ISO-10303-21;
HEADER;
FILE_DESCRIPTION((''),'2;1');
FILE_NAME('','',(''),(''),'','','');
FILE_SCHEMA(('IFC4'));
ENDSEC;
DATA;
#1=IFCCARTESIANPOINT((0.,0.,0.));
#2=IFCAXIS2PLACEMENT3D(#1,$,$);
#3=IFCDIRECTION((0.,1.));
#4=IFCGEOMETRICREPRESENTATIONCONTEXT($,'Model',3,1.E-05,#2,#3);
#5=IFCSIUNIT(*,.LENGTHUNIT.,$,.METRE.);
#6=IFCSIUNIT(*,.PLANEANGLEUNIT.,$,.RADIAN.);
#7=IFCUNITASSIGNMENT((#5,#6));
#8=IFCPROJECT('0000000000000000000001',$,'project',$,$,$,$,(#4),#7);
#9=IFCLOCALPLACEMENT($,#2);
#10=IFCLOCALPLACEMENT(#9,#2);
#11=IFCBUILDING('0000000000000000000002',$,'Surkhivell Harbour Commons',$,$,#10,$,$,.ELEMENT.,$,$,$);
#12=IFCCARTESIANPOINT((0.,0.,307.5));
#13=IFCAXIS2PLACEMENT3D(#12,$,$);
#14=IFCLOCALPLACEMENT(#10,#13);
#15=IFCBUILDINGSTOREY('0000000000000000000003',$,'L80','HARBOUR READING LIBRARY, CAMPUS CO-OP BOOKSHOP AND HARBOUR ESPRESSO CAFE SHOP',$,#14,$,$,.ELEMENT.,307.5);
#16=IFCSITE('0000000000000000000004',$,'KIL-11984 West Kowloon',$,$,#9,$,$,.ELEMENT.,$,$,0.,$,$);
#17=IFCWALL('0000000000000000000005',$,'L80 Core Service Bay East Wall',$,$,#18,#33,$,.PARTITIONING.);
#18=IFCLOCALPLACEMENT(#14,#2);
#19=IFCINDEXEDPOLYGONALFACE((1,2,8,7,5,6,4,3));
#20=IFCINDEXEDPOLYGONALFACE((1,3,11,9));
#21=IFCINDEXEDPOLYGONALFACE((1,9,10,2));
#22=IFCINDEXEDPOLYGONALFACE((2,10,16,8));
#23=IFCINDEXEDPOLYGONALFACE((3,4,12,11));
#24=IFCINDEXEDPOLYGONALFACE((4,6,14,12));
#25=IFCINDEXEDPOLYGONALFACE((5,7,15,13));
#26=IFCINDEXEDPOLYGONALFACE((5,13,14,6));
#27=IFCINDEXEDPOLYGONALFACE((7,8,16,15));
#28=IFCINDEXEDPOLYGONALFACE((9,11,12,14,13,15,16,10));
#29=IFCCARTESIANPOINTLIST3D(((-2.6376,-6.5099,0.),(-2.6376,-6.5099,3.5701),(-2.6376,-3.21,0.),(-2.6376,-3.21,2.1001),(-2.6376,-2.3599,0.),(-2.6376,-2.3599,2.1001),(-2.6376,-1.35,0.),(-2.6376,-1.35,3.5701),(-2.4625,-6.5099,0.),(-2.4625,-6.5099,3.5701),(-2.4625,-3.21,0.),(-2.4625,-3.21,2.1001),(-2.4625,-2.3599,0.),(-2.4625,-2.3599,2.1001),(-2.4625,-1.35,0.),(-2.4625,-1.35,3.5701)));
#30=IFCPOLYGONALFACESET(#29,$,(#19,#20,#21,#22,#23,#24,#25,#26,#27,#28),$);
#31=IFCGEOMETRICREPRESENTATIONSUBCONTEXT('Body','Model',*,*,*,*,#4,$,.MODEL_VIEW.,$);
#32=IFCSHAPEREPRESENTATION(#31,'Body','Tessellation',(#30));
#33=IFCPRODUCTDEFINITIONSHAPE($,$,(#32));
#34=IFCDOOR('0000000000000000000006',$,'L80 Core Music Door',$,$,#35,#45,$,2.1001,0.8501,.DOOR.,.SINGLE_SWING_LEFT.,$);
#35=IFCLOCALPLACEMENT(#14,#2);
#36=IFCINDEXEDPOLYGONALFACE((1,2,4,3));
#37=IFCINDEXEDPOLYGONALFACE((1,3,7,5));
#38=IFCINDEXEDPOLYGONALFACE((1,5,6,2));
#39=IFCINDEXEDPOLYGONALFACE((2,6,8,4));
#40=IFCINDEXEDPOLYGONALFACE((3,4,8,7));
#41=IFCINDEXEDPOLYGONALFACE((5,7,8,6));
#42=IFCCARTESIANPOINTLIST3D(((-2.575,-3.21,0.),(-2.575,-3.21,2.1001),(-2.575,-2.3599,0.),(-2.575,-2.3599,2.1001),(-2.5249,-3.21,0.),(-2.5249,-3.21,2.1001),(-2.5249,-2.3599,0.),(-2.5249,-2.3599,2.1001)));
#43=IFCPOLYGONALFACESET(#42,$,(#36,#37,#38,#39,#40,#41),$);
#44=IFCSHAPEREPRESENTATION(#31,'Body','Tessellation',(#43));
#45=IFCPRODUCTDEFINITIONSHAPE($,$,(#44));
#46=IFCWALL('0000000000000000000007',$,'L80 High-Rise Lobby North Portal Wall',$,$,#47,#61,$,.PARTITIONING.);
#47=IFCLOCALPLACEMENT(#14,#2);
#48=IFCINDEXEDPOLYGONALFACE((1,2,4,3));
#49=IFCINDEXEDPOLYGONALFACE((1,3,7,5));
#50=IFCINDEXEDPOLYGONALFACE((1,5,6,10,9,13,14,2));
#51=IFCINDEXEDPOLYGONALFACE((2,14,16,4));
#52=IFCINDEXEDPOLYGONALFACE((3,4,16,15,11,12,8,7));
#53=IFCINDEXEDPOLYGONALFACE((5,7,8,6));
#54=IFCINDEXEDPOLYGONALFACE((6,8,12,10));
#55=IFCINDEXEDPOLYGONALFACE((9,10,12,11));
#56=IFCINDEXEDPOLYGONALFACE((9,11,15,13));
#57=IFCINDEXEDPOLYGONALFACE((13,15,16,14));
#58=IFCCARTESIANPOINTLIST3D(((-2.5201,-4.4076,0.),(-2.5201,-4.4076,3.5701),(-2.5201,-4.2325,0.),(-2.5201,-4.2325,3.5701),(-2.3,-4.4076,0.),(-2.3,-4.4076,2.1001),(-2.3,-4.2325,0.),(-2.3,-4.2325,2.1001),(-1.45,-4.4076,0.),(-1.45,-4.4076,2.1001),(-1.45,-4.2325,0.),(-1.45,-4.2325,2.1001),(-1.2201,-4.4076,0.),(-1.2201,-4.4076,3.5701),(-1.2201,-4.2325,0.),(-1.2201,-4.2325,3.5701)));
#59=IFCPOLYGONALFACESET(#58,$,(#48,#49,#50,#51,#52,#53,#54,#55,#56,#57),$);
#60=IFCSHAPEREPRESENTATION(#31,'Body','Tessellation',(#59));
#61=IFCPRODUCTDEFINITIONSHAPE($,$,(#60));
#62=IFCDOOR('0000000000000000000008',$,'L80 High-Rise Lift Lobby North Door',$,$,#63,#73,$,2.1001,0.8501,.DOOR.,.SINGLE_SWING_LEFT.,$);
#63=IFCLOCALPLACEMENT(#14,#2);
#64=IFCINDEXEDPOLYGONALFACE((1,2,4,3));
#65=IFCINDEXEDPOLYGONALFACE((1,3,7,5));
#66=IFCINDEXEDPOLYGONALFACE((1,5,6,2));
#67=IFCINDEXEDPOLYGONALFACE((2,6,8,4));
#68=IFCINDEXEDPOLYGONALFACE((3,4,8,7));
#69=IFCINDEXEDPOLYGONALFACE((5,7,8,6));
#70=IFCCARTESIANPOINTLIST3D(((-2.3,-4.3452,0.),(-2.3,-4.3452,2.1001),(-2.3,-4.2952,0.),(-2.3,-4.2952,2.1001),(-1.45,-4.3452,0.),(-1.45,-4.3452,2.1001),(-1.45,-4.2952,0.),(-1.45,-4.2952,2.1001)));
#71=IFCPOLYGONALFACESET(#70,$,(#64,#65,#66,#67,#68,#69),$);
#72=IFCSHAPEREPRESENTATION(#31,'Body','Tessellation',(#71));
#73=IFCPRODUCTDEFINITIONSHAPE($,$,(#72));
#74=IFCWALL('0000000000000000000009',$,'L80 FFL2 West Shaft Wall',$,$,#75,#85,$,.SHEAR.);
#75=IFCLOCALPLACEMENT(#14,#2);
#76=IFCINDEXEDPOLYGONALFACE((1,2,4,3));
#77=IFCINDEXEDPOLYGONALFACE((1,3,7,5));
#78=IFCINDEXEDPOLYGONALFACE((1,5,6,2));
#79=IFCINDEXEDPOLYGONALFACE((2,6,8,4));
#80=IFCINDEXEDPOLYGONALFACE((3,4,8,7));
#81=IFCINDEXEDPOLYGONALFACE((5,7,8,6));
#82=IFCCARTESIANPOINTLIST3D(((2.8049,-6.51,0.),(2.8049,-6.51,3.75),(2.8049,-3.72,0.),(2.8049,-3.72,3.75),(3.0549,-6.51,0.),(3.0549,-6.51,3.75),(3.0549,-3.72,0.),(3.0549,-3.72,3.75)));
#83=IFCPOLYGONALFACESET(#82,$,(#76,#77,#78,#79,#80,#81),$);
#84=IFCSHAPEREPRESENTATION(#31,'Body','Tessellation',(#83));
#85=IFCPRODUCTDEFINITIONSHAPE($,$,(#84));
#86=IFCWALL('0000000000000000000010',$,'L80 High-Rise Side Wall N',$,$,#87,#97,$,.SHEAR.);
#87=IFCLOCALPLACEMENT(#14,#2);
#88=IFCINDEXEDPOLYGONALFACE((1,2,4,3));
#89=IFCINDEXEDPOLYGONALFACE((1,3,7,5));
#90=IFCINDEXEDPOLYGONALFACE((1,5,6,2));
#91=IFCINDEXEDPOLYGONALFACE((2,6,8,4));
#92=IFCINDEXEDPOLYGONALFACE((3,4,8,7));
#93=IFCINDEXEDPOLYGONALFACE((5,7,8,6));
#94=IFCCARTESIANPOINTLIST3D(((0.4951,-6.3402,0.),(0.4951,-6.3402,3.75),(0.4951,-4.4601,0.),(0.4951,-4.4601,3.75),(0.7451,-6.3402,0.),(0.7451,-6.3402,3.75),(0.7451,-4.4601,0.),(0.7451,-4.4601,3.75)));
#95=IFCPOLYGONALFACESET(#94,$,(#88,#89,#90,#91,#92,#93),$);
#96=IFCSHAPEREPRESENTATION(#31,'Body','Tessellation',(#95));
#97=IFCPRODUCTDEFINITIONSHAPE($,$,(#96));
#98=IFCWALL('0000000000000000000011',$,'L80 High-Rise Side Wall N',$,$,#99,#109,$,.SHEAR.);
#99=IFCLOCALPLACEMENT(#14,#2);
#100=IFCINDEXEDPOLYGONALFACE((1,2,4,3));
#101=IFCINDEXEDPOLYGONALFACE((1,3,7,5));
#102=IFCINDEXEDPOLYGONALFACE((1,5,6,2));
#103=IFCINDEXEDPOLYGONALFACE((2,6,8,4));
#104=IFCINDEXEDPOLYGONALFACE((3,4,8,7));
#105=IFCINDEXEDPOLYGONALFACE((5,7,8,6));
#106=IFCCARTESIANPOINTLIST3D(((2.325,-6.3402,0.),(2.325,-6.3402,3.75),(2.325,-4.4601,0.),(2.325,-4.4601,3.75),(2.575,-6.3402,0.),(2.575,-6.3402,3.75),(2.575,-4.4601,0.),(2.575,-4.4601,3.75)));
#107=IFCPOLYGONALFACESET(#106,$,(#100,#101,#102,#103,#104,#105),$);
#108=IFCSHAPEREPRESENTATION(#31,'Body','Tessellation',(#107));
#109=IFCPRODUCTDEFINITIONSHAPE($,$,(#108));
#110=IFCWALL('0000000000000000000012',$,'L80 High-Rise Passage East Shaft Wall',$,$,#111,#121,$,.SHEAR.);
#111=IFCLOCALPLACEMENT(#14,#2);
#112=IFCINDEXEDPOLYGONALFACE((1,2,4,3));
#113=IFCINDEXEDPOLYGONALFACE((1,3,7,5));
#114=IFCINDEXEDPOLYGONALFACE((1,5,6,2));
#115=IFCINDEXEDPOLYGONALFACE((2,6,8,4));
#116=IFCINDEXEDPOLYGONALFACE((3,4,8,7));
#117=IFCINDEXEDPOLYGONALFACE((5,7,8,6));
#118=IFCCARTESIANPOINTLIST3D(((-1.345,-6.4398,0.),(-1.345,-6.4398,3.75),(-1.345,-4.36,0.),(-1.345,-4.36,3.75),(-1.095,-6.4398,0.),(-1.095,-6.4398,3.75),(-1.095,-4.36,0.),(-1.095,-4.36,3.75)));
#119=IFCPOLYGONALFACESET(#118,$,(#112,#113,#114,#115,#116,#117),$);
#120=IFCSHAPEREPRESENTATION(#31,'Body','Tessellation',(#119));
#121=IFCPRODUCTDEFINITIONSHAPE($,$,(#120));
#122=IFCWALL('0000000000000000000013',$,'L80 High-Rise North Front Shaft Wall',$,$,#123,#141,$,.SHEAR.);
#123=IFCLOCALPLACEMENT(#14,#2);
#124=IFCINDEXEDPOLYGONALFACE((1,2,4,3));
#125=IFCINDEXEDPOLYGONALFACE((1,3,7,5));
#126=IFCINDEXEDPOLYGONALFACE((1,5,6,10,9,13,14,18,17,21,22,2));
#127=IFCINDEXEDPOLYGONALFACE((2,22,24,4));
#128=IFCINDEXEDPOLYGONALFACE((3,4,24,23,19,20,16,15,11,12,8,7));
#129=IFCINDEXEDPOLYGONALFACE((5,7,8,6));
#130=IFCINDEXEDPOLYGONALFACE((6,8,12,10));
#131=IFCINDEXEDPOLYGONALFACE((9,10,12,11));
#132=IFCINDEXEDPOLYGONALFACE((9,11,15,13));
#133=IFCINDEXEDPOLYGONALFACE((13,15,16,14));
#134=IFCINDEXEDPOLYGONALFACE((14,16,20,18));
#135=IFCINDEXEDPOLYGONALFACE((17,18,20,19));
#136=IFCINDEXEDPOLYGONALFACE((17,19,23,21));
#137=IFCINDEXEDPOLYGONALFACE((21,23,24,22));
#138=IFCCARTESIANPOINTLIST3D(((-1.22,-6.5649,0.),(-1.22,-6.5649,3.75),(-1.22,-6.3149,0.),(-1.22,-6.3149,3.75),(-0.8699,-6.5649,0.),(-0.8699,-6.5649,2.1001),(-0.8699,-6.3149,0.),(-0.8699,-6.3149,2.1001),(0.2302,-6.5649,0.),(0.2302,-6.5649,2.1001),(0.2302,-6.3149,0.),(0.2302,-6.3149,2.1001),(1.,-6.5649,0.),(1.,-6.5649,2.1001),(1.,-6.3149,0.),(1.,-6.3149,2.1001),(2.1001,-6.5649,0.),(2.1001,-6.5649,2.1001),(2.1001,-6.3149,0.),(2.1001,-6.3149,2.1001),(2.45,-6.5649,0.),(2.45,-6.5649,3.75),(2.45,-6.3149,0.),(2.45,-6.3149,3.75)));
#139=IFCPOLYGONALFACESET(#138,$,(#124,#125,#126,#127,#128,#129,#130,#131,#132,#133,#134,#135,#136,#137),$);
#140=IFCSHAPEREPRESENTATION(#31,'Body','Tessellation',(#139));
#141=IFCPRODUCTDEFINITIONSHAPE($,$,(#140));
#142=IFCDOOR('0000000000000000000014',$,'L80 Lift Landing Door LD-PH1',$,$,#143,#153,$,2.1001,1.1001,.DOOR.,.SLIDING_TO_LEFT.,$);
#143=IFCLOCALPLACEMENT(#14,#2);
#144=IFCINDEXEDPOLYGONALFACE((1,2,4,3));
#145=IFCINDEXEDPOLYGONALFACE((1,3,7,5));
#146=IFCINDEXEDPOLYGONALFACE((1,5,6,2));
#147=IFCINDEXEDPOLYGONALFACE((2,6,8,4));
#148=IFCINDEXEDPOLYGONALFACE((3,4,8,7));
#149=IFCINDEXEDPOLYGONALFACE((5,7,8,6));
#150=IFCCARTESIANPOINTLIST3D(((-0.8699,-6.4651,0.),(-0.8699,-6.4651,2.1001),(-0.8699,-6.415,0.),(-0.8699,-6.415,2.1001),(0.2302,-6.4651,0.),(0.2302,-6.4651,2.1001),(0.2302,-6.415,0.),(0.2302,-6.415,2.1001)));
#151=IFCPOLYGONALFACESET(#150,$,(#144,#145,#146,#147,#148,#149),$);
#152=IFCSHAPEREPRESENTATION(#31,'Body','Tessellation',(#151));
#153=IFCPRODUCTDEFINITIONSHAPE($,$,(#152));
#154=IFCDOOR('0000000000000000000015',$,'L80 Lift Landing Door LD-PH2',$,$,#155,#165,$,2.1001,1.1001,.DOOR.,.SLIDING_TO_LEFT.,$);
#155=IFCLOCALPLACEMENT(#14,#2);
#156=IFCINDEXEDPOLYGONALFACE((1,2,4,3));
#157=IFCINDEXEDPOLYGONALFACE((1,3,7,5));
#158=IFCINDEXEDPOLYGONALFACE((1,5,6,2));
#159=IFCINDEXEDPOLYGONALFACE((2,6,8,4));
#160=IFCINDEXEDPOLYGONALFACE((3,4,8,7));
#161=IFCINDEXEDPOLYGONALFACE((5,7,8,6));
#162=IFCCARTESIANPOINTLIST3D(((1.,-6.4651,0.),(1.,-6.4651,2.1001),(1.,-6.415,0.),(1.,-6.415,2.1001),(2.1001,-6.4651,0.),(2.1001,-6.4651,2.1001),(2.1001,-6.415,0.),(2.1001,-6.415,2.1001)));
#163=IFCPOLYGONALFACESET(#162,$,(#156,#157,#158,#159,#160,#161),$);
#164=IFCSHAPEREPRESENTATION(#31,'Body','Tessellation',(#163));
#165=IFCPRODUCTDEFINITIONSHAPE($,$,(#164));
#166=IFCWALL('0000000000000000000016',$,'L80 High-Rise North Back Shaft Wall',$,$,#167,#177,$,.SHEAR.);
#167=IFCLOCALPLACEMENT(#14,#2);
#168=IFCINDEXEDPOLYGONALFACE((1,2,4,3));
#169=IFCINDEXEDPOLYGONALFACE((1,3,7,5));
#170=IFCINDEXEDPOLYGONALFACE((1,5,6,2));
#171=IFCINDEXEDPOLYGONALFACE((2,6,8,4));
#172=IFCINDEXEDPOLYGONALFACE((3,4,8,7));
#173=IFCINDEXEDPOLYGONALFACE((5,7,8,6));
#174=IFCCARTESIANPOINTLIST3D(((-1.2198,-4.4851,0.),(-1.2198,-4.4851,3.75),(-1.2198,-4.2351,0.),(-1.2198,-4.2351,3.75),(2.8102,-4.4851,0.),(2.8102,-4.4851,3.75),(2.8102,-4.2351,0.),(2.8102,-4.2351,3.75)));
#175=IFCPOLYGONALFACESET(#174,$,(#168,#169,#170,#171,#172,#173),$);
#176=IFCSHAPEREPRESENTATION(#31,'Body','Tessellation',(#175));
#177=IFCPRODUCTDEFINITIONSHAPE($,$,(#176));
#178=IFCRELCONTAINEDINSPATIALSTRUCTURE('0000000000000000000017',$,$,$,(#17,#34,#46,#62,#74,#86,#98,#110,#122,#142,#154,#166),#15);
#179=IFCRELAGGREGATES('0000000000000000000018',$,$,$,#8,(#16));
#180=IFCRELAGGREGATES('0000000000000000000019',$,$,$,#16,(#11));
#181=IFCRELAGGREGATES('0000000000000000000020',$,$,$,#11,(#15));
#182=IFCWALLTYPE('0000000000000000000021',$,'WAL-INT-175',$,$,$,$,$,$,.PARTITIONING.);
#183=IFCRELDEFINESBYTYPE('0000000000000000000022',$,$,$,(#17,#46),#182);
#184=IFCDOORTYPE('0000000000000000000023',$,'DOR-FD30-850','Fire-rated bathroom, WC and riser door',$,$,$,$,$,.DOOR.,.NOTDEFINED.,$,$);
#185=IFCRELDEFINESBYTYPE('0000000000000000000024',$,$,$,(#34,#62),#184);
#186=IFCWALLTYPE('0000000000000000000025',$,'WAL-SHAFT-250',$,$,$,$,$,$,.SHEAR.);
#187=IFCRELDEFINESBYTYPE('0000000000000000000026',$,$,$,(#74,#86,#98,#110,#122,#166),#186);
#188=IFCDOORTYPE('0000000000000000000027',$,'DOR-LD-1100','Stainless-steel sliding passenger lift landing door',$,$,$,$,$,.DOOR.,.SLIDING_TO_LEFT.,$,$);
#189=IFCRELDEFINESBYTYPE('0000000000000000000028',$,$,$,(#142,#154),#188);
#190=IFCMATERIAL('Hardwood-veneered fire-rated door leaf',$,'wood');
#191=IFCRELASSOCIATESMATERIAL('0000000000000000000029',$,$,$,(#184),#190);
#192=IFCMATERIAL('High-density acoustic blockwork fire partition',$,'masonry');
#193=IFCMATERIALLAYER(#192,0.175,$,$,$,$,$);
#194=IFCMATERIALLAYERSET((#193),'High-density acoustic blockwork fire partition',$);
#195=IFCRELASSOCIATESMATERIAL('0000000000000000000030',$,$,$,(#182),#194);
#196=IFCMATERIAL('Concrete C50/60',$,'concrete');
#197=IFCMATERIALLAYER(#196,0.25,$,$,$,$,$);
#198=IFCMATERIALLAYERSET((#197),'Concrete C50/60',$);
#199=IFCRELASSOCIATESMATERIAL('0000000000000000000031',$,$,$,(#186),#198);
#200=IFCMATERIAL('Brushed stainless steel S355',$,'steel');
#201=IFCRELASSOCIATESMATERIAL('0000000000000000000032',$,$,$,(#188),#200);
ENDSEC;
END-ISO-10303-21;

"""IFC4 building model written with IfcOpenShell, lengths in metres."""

from ifc_helpers import new_model, si_unit, direction, frame, frame_2d, origin, place, context, subcontext, project, spatial, rectangle, extrude, material, layer, layer_set, type_object, element, fill, save


model = new_model("IFC4")

# Units and contexts
model_context = context("Model", 3, precision=1e-05, world=origin(), true_north=direction((0.0, 1.0)))
body_context = subcontext(model_context, "Body", "Model", "MODEL_VIEW")
ifc_project = project(units=[si_unit("LENGTHUNIT", "METRE"), si_unit("PLANEANGLEUNIT", "RADIAN")], contexts=[model_context])

# Site, building, storey
site_placement = place(None, origin())
site = spatial("IfcSite", under=ifc_project, at=site_placement, Name="KIL-11984 West Kowloon", CompositionType="ELEMENT", RefElevation=0.0)
building_placement = place(site_placement, origin())
building = spatial("IfcBuilding", under=site, at=building_placement, Name="Surkhivell Harbour Commons", CompositionType="ELEMENT")
storey_placement = place(building_placement, frame((0.0, 0.0, 307.5)))
storey = spatial("IfcBuildingStorey", under=building, at=storey_placement, Name="L80", Description="HARBOUR READING LIBRARY, CAMPUS CO-OP BOOKSHOP AND HARBOUR ESPRESSO CAFE SHOP", CompositionType="ELEMENT", Elevation=307.5)

# Walls, openings, doors
ifc_material_1 = material(Name="Hardwood-veneered fire-rated door leaf", Category="wood")
door_type_1 = type_object("IfcDoorType", Name="DOR-FD30-850", Description="Fire-rated bathroom, WC and riser door", OperationType="NOTDEFINED", PredefinedType="DOOR", material=ifc_material_1)
ifc_material_2 = material(Name="High-density acoustic blockwork fire partition", Category="masonry")
ifc_layer_1 = layer(ifc_material_2, 0.175)
ifc_layer_set_1 = layer_set([ifc_layer_1], Name="High-density acoustic blockwork fire partition")
wall_type_1 = type_object("IfcWallType", Name="WAL-INT-175", PredefinedType="PARTITIONING", material=ifc_layer_set_1)
wall_1_placement = place(storey_placement, frame((-2.55, -6.51, 0.0), z_axis=(0.0, 0.0, 1.0), x_axis=(0.0, 1.0, 0.0)))
wall_1 = element("IfcWall", 1, at=wall_1_placement, inside=storey, type_object=wall_type_1, Name="L80 Core Service Bay East Wall", PredefinedType="PARTITIONING", context=body_context, shape_type="SweptSolid", body=[
    extrude(rectangle(XDim=5.1599, YDim=0.175, at=frame_2d((2.5801, 0.0))), origin(), (0.0, 0.0, 1.0), 3.5701),
])
opening_1_placement = place(wall_1_placement, frame((3.3, 0.0, 0.0)))
opening_1 = element("IfcOpeningElement", 2, at=opening_1_placement, cuts=wall_1, PredefinedType="OPENING", context=body_context, shape_type="SweptSolid", body=[
    extrude(rectangle(XDim=0.8501, YDim=2.1001, at=frame_2d((0.425, 1.05))), frame((0.0, 0.0974, 0.0), z_axis=(0.0, -1.0, 0.0), x_axis=(1.0, 0.0, 0.0)), (0.0, 0.0, 1.0), 0.1951),
])
door_1_placement = place(opening_1_placement, origin())
door_1 = element("IfcDoor", 3, at=door_1_placement, inside=storey, type_object=door_type_1, Name="L80 Core Music Door", OperationType="SINGLE_SWING_LEFT", OverallHeight=2.1001, OverallWidth=0.8501, PredefinedType="DOOR", context=body_context, shape_type="SweptSolid", body=[
    extrude(rectangle(XDim=0.8501, YDim=2.1001, at=frame_2d((0.425, 1.05))), frame((0.0, 0.0249, 0.0), z_axis=(0.0, -1.0, 0.0), x_axis=(1.0, 0.0, 0.0)), (0.0, 0.0, 1.0), 0.05),
])
fill(opening_1, door_1)
wall_2_placement = place(storey_placement, frame((-2.52, -4.3201, 0.0), z_axis=(0.0, 0.0, 1.0), x_axis=(1.0, 0.0, 0.0)))
wall_2 = element("IfcWall", 4, at=wall_2_placement, inside=storey, type_object=wall_type_1, Name="L80 High-Rise Lobby North Portal Wall", PredefinedType="PARTITIONING", context=body_context, shape_type="SweptSolid", body=[
    extrude(rectangle(XDim=1.3, YDim=0.175, at=frame_2d((0.6499, 0.0))), origin(), (0.0, 0.0, 1.0), 3.5701),
])
opening_2_placement = place(wall_2_placement, frame((0.22, 0.0, 0.0)))
opening_2 = element("IfcOpeningElement", 5, at=opening_2_placement, cuts=wall_2, PredefinedType="OPENING", context=body_context, shape_type="SweptSolid", body=[
    extrude(rectangle(XDim=0.8501, YDim=2.1001, at=frame_2d((0.425, 1.05))), frame((0.0, 0.0974, 0.0), z_axis=(0.0, -1.0, 0.0), x_axis=(1.0, 0.0, 0.0)), (0.0, 0.0, 1.0), 0.1951),
])
door_2_placement = place(opening_2_placement, origin())
door_2 = element("IfcDoor", 6, at=door_2_placement, inside=storey, type_object=door_type_1, Name="L80 High-Rise Lift Lobby North Door", OperationType="SINGLE_SWING_LEFT", OverallHeight=2.1001, OverallWidth=0.8501, PredefinedType="DOOR", context=body_context, shape_type="SweptSolid", body=[
    extrude(rectangle(XDim=0.8501, YDim=2.1001, at=frame_2d((0.425, 1.05))), frame((0.0, 0.0249, 0.0), z_axis=(0.0, -1.0, 0.0), x_axis=(1.0, 0.0, 0.0)), (0.0, 0.0, 1.0), 0.05),
])
fill(opening_2, door_2)

# Walls
ifc_material_3 = material(Name="Concrete C50/60", Category="concrete")
ifc_layer_2 = layer(ifc_material_3, 0.25)
ifc_layer_set_2 = layer_set([ifc_layer_2], Name="Concrete C50/60")
wall_type_2 = type_object("IfcWallType", Name="WAL-SHAFT-250", PredefinedType="SHEAR", material=ifc_layer_set_2)
wall_3_placement = place(storey_placement, frame((2.9299, -6.51, 0.0), z_axis=(0.0, 0.0, 1.0), x_axis=(0.0, 1.0, 0.0)))
element("IfcWall", 7, at=wall_3_placement, inside=storey, type_object=wall_type_2, Name="L80 FFL2 West Shaft Wall", PredefinedType="SHEAR", context=body_context, shape_type="SweptSolid", body=[
    extrude(rectangle(XDim=2.79, YDim=0.25, at=frame_2d((1.395, 0.0))), origin(), (0.0, 0.0, 1.0), 3.75),
])
for number, where, z_axis, x_axis, name in (
    (8, (0.6201, -6.3401, 0.0), (0.0, 0.0, 1.0), (0.0, 1.0, 0.0), "L80 High-Rise Side Wall N"),
    (9, (2.45, -6.3401, 0.0), (0.0, 0.0, 1.0), (0.0, 1.0, 0.0), "L80 High-Rise Side Wall N"),
):
    element("IfcWall", number, at=place(storey_placement, frame(where, z_axis=z_axis, x_axis=x_axis)), inside=storey, type_object=wall_type_2, Name=name, PredefinedType="SHEAR", context=body_context, shape_type="SweptSolid", body=[
        extrude(rectangle(XDim=1.8801, YDim=0.25, at=frame_2d((0.9399, 0.0))), origin(), (0.0, 0.0, 1.0), 3.75),
    ])
wall_4_placement = place(storey_placement, frame((-1.22, -6.4399, 0.0), z_axis=(0.0, 0.0, 1.0), x_axis=(0.0, 1.0, 0.0)))
element("IfcWall", 10, at=wall_4_placement, inside=storey, type_object=wall_type_2, Name="L80 High-Rise Passage East Shaft Wall", PredefinedType="SHEAR", context=body_context, shape_type="SweptSolid", body=[
    extrude(rectangle(XDim=2.0798, YDim=0.25, at=frame_2d((1.04, 0.0))), origin(), (0.0, 0.0, 1.0), 3.75),
])

# Wall, openings, doors
wall_5_placement = place(storey_placement, frame((-1.22, -6.4399, 0.0), z_axis=(0.0, 0.0, 1.0), x_axis=(1.0, 0.0, 0.0)))
wall_5 = element("IfcWall", 11, at=wall_5_placement, inside=storey, type_object=wall_type_2, Name="L80 High-Rise North Front Shaft Wall", PredefinedType="SHEAR", context=body_context, shape_type="SweptSolid", body=[
    extrude(rectangle(XDim=3.6699, YDim=0.25, at=frame_2d((1.835, 0.0))), origin(), (0.0, 0.0, 1.0), 3.75),
])
opening_3_placement = place(wall_5_placement, frame((0.3501, 0.0, 0.0)))
opening_3 = element("IfcOpeningElement", 12, at=opening_3_placement, cuts=wall_5, PredefinedType="OPENING", context=body_context, shape_type="SweptSolid", body=[
    extrude(rectangle(XDim=1.1001, YDim=2.1001, at=frame_2d((0.55, 1.05))), frame((0.0, 0.135, 0.0), z_axis=(0.0, -1.0, 0.0), x_axis=(1.0, 0.0, 0.0)), (0.0, 0.0, 1.0), 0.27),
])
opening_4_placement = place(wall_5_placement, frame((2.22, 0.0, 0.0)))
opening_4 = element("IfcOpeningElement", 13, at=opening_4_placement, cuts=wall_5, PredefinedType="OPENING", context=body_context, shape_type="SweptSolid", body=[
    extrude(rectangle(XDim=1.1001, YDim=2.1001, at=frame_2d((0.55, 1.05))), frame((0.0, 0.135, 0.0), z_axis=(0.0, -1.0, 0.0), x_axis=(1.0, 0.0, 0.0)), (0.0, 0.0, 1.0), 0.27),
])
ifc_material_4 = material(Name="Brushed stainless steel S355", Category="steel")
door_type_2 = type_object("IfcDoorType", Name="DOR-LD-1100", Description="Stainless-steel sliding passenger lift landing door", OperationType="SLIDING_TO_LEFT", PredefinedType="DOOR", material=ifc_material_4)
door_3_placement = place(opening_3_placement, origin())
door_3 = element("IfcDoor", 14, at=door_3_placement, inside=storey, type_object=door_type_2, Name="L80 Lift Landing Door LD-PH1", OperationType="SLIDING_TO_LEFT", OverallHeight=2.1001, OverallWidth=1.1001, PredefinedType="DOOR", context=body_context, shape_type="SweptSolid", body=[
    extrude(rectangle(XDim=1.1001, YDim=2.1001, at=frame_2d((0.55, 1.05))), frame((0.0, 0.0249, 0.0), z_axis=(0.0, -1.0, 0.0), x_axis=(1.0, 0.0, 0.0)), (0.0, 0.0, 1.0), 0.05),
])
fill(opening_3, door_3)
door_4_placement = place(opening_4_placement, origin())
door_4 = element("IfcDoor", 15, at=door_4_placement, inside=storey, type_object=door_type_2, Name="L80 Lift Landing Door LD-PH2", OperationType="SLIDING_TO_LEFT", OverallHeight=2.1001, OverallWidth=1.1001, PredefinedType="DOOR", context=body_context, shape_type="SweptSolid", body=[
    extrude(rectangle(XDim=1.1001, YDim=2.1001, at=frame_2d((0.55, 1.05))), frame((0.0, 0.0249, 0.0), z_axis=(0.0, -1.0, 0.0), x_axis=(1.0, 0.0, 0.0)), (0.0, 0.0, 1.0), 0.05),
])
fill(opening_4, door_4)

# Wall
wall_6_placement = place(storey_placement, frame((-1.22, -4.3601, 0.0), z_axis=(0.0, 0.0, 1.0), x_axis=(1.0, 0.0, 0.0)))
element("IfcWall", 16, at=wall_6_placement, inside=storey, type_object=wall_type_2, Name="L80 High-Rise North Back Shaft Wall", PredefinedType="SHEAR", context=body_context, shape_type="SweptSolid", body=[
    extrude(rectangle(XDim=4.03, YDim=0.25, at=frame_2d((2.0151, 0.0))), origin(), (0.0, 0.0, 1.0), 3.75),
])

save(model, "model.ifc")
